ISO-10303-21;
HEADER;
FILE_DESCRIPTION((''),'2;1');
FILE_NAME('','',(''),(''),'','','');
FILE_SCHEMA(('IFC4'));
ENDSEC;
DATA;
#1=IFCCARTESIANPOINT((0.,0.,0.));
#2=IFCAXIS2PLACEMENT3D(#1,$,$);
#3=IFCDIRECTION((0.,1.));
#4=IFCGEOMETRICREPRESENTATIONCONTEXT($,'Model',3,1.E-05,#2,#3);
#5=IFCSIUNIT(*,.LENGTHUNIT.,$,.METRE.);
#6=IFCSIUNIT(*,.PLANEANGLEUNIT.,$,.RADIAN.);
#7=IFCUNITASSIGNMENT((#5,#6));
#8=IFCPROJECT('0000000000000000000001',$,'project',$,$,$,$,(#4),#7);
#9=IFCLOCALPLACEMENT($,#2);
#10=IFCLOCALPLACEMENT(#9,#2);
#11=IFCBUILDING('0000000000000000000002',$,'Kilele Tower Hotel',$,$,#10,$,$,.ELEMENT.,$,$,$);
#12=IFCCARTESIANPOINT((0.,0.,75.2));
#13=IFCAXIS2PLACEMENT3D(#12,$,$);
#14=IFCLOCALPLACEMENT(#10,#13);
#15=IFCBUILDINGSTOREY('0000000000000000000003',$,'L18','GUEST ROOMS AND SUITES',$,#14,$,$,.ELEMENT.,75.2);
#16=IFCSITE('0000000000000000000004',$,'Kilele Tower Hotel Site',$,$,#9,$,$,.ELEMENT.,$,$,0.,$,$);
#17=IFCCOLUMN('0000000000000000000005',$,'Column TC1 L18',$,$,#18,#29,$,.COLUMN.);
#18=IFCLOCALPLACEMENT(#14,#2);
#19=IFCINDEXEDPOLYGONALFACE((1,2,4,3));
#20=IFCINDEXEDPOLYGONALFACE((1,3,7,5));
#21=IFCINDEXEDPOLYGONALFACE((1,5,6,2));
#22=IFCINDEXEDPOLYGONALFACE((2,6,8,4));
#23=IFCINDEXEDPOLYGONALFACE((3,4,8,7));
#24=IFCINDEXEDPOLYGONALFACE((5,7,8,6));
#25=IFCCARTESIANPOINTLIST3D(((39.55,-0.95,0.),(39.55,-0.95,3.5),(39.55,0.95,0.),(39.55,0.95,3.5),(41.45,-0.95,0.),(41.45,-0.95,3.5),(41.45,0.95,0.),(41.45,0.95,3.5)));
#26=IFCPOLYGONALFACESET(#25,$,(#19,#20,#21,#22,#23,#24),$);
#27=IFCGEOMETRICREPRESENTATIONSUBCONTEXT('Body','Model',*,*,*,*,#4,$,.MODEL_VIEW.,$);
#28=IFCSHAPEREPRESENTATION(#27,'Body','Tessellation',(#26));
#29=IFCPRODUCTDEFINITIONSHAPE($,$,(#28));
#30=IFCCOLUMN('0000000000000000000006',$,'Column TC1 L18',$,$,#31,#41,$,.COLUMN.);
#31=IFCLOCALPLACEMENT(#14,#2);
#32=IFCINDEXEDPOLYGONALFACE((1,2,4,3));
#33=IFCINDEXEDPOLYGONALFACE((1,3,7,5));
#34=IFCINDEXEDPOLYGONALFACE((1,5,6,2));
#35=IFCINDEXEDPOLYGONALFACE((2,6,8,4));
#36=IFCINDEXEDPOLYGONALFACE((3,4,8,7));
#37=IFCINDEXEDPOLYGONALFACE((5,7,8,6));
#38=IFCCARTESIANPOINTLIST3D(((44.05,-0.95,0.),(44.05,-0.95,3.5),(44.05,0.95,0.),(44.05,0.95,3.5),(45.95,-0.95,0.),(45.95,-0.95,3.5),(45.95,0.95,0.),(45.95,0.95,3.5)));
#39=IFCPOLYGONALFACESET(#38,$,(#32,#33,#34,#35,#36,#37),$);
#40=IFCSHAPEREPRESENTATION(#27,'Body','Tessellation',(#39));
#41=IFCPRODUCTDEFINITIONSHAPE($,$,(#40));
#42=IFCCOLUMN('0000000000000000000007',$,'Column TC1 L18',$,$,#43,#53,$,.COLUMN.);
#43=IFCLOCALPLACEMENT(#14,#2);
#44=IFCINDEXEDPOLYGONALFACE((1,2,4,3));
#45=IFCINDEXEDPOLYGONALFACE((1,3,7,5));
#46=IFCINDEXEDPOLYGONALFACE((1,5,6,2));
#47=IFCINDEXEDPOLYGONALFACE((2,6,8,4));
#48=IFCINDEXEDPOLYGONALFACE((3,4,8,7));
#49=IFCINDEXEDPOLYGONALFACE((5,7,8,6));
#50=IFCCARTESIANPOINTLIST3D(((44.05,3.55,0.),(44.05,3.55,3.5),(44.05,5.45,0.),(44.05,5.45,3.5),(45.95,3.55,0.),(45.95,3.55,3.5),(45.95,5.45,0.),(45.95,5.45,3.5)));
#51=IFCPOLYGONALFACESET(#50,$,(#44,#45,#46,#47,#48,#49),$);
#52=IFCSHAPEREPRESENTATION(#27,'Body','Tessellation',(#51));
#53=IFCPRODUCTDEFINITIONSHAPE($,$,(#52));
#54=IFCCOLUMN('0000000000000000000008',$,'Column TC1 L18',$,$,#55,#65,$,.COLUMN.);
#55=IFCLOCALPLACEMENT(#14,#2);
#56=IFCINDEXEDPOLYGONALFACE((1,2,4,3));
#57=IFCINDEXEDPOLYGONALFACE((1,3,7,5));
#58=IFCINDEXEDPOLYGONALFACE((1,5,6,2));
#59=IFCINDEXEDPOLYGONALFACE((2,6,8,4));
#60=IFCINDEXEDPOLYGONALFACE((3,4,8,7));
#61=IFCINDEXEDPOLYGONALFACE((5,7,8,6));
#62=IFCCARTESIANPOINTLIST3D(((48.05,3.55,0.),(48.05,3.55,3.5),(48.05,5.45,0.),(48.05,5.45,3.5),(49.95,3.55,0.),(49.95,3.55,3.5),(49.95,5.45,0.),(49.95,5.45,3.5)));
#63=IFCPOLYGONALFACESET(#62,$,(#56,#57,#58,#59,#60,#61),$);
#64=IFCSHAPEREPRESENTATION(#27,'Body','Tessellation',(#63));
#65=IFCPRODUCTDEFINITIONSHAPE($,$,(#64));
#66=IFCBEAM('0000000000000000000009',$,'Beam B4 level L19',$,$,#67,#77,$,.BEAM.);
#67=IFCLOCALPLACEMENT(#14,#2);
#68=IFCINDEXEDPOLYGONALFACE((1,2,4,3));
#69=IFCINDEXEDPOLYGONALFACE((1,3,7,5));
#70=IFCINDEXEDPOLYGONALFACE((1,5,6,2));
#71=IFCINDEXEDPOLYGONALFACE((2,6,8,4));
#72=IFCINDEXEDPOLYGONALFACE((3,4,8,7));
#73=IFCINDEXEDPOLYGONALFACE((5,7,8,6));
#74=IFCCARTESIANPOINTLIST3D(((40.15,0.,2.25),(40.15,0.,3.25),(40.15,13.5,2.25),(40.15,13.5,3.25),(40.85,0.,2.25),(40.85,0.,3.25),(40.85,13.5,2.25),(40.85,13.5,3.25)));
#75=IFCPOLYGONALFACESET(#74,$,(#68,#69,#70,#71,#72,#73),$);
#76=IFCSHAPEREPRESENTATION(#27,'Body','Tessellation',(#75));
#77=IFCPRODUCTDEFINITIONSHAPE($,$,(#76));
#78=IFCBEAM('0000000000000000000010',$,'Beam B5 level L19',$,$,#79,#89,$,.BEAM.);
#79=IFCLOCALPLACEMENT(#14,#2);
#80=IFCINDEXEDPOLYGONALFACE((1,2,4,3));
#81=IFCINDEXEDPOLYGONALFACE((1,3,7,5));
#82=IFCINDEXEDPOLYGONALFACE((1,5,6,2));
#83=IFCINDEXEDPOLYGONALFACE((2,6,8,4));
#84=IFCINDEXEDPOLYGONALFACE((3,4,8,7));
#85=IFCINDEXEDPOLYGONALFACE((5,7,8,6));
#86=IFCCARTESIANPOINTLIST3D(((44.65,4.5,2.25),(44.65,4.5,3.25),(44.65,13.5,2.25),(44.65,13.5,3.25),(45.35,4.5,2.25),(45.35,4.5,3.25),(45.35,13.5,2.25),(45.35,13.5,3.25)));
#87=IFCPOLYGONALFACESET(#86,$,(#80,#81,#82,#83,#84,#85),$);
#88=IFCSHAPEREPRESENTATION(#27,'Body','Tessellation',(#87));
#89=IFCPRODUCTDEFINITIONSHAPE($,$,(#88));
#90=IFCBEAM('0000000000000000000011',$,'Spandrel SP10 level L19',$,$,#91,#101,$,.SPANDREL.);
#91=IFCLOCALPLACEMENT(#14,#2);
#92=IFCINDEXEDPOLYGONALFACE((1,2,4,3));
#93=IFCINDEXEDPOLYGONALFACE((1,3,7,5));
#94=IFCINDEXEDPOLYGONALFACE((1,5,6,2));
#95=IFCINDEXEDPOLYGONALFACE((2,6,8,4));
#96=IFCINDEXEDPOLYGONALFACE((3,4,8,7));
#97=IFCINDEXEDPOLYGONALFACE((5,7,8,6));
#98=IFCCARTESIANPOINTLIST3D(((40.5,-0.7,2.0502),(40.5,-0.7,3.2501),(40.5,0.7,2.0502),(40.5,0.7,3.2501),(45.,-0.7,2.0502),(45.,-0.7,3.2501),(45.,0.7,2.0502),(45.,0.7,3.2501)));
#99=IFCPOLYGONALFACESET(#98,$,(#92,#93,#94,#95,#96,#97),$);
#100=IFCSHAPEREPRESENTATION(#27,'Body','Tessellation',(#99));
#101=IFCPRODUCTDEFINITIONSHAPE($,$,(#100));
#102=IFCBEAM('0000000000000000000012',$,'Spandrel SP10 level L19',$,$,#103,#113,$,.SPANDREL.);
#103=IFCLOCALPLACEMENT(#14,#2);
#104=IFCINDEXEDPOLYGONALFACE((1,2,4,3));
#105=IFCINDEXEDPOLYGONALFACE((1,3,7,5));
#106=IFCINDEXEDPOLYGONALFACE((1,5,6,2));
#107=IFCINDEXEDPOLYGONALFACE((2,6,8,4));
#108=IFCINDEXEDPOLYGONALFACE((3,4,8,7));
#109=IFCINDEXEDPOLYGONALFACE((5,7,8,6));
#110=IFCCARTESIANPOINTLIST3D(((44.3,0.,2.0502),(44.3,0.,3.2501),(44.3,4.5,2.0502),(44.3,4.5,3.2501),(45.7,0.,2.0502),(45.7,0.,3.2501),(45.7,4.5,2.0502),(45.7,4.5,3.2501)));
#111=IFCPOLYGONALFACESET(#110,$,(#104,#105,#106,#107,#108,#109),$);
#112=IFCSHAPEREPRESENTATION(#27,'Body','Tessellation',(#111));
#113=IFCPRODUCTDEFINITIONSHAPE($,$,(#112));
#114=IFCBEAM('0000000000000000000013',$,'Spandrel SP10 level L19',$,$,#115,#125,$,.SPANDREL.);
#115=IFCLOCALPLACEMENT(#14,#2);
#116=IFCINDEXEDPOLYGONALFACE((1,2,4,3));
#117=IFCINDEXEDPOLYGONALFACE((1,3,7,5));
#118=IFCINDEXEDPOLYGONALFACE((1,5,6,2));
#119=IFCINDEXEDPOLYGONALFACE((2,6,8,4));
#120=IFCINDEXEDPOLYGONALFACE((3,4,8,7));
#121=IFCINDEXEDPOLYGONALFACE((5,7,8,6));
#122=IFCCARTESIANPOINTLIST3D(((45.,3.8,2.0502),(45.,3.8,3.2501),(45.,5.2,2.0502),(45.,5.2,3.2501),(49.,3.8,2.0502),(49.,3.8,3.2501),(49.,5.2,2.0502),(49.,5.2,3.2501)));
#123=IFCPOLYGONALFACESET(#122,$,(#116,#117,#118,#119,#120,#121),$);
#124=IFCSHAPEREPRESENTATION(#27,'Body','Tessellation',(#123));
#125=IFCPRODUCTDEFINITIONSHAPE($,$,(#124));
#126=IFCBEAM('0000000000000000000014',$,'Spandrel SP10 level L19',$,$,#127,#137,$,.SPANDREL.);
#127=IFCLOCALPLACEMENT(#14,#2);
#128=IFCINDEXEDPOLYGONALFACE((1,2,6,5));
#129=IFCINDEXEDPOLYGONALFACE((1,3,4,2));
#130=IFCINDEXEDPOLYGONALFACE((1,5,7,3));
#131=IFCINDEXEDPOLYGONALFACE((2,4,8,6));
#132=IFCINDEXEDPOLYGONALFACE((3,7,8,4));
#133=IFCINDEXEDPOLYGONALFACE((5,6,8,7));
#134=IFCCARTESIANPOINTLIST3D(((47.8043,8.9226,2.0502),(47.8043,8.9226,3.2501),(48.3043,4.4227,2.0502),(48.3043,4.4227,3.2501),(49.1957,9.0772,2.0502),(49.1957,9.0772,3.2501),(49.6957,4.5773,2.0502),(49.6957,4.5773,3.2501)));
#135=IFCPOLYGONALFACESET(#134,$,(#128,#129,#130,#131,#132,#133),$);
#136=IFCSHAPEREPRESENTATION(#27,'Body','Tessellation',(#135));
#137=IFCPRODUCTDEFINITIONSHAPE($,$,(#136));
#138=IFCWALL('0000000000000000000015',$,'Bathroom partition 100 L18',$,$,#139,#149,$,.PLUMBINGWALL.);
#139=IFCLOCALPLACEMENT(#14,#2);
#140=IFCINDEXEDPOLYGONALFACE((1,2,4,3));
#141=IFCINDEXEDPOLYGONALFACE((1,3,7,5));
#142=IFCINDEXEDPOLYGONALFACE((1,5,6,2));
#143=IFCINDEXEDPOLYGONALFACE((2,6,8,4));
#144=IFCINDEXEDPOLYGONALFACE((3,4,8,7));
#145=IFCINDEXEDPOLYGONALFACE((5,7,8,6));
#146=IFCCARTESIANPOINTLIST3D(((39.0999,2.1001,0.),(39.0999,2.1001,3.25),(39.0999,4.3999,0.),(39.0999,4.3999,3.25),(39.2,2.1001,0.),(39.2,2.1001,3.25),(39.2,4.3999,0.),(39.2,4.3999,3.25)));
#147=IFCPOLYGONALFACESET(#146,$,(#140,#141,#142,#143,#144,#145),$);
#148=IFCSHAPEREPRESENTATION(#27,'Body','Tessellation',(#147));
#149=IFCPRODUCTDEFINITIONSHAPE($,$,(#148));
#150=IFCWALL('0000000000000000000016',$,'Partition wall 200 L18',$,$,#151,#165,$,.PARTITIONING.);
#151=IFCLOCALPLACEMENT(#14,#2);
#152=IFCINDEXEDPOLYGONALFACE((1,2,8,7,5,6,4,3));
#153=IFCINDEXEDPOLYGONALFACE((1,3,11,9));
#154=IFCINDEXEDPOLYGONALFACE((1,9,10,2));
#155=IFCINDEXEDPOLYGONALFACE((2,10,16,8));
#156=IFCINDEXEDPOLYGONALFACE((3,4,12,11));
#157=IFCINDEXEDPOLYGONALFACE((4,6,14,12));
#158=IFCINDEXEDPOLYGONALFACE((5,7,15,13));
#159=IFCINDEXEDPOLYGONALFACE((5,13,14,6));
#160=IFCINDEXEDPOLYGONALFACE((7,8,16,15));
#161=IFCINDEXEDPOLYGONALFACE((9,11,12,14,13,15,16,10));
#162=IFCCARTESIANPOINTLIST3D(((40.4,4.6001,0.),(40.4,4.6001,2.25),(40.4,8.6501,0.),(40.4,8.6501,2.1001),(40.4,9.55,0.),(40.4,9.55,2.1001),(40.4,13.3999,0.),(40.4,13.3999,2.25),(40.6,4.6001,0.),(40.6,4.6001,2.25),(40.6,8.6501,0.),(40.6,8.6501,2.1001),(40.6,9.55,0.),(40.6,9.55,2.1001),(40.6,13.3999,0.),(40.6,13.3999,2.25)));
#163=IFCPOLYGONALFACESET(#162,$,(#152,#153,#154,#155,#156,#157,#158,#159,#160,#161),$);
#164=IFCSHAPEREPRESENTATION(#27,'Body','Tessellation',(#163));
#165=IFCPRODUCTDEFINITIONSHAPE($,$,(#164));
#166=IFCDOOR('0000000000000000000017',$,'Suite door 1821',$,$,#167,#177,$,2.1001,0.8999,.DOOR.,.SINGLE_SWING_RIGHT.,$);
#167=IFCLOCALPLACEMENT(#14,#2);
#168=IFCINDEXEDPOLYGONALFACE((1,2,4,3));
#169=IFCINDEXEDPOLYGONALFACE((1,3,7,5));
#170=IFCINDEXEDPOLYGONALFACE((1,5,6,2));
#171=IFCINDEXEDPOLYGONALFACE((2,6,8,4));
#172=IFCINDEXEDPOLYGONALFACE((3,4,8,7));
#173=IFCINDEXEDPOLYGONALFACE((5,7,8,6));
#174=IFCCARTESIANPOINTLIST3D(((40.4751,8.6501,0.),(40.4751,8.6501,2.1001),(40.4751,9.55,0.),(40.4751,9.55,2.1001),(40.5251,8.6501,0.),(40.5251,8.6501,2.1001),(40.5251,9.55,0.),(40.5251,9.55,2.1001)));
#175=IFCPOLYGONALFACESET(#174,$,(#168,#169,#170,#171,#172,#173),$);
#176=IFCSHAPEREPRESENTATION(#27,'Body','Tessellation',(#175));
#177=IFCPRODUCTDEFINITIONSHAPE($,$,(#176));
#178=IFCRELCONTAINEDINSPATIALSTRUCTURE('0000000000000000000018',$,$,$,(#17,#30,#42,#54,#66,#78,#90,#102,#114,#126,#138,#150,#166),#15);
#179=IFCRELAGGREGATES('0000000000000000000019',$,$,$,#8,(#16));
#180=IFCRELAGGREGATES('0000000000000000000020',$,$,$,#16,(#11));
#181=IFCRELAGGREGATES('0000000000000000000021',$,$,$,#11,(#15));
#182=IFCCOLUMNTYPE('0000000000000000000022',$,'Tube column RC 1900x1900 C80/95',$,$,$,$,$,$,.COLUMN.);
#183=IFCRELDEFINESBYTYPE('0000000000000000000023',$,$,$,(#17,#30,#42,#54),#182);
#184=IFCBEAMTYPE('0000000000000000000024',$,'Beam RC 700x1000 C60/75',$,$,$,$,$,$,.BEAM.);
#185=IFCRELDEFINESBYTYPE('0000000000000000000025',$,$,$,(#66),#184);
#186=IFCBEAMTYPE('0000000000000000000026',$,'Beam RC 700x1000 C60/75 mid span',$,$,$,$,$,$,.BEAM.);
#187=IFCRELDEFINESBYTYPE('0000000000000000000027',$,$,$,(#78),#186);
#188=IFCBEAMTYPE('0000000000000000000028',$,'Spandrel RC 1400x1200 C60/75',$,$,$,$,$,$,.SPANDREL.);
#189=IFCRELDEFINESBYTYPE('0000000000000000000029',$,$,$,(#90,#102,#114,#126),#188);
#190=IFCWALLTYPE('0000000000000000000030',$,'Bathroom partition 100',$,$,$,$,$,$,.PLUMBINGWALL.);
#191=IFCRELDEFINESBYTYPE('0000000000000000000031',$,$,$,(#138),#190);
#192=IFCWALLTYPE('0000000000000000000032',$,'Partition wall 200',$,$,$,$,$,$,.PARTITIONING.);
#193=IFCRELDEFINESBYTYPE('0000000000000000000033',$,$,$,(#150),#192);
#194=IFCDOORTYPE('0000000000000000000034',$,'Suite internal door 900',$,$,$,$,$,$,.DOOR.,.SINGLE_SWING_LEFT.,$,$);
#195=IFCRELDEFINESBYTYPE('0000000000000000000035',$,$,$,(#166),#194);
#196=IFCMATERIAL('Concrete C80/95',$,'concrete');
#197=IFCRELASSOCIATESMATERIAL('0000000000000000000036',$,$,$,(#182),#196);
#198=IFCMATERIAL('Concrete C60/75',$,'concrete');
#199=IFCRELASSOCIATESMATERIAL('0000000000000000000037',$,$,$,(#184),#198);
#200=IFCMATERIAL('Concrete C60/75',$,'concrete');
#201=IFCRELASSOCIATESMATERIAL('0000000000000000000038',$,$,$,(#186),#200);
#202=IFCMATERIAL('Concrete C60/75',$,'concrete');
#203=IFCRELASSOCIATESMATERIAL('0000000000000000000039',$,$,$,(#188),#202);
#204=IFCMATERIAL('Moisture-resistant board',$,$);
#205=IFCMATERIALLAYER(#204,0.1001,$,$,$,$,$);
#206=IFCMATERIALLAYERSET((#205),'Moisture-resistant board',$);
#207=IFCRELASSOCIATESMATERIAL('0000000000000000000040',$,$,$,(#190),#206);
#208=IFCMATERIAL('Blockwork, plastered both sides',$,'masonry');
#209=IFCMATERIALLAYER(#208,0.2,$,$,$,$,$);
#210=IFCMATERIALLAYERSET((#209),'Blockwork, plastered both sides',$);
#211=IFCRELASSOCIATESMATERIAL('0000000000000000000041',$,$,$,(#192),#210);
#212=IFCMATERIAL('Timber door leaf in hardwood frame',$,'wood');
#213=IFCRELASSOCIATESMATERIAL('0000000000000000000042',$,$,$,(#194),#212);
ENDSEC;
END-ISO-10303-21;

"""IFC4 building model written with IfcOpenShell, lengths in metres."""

from ifc_helpers import new_model, si_unit, direction, frame, frame_2d, origin, origin_2d, place, context, subcontext, project, spatial, rectangle, extrude, material, layer, layer_set, material_profile, profile_set, type_object, element, fill, save


model = new_model("IFC4")

# Units and contexts
model_context = context("Model", 3, precision=1e-05, world=origin(), true_north=direction((0.0, 1.0)))
body_context = subcontext(model_context, "Body", "Model", "MODEL_VIEW")
ifc_project = project(units=[si_unit("LENGTHUNIT", "METRE"), si_unit("PLANEANGLEUNIT", "RADIAN")], contexts=[model_context])

# Site, building, storey
site_placement = place(None, origin())
site = spatial("IfcSite", under=ifc_project, at=site_placement, Name="Kilele Tower Hotel Site", CompositionType="ELEMENT", RefElevation=0.0)
building_placement = place(site_placement, origin())
building = spatial("IfcBuilding", under=site, at=building_placement, Name="Kilele Tower Hotel", CompositionType="ELEMENT")
storey_placement = place(building_placement, frame((0.0, 0.0, 75.2)))
storey = spatial("IfcBuildingStorey", under=building, at=storey_placement, Name="L18", Description="GUEST ROOMS AND SUITES", CompositionType="ELEMENT", Elevation=75.2)

# Columns
ifc_material_1 = material(Name="Concrete C80/95", Category="concrete")
ifc_material_profile_1 = material_profile(ifc_material_1, rectangle(XDim=1.8999, YDim=1.8999, at=origin_2d()))
ifc_profile_set_1 = profile_set([ifc_material_profile_1], Name="Concrete C80/95")
column_type = type_object("IfcColumnType", Name="Tube column RC 1900x1900 C80/95", PredefinedType="COLUMN", material=ifc_profile_set_1)
for number, where, z_axis, x_axis, name in (
    (1, (40.5, 0.0, 0.0), (0.0, 0.0, 1.0), (1.0, 0.0, 0.0), "Column TC1 L18"),
    (2, (45.0, 0.0, 0.0), (0.0, 0.0, 1.0), (1.0, 0.0, 0.0), "Column TC1 L18"),
    (3, (45.0, 4.5, 0.0), (0.0, 0.0, 1.0), (1.0, 0.0, 0.0), "Column TC1 L18"),
    (4, (49.0, 4.5, 0.0), (0.0, 0.0, 1.0), (1.0, 0.0, 0.0), "Column TC1 L18"),
):
    element("IfcColumn", number, at=place(storey_placement, frame(where, z_axis=z_axis, x_axis=x_axis)), inside=storey, type_object=column_type, Name=name, PredefinedType="COLUMN", context=body_context, shape_type="SweptSolid", body=[
        extrude(rectangle(XDim=1.8999, YDim=1.8999, at=origin_2d()), origin(), (0.0, 0.0, 1.0), 3.5),
    ])

# Beams
ifc_material_2 = material(Name="Concrete C60/75", Category="concrete")
ifc_material_profile_2 = material_profile(ifc_material_2, rectangle(XDim=0.7, YDim=1.0, at=origin_2d()))
ifc_profile_set_2 = profile_set([ifc_material_profile_2], Name="Concrete C60/75")
beam_type_1 = type_object("IfcBeamType", Name="Beam RC 700x1000 C60/75", PredefinedType="BEAM", material=ifc_profile_set_2)
beam_1_placement = place(storey_placement, frame((40.5, 0.0, 2.75), z_axis=(0.0, 1.0, 0.0), x_axis=(-1.0, 0.0, 0.0)))
element("IfcBeam", 5, at=beam_1_placement, inside=storey, type_object=beam_type_1, Name="Beam B4 level L19", PredefinedType="BEAM", context=body_context, shape_type="SweptSolid", body=[
    extrude(rectangle(XDim=0.7, YDim=1.0, at=origin_2d()), origin(), (0.0, 0.0, 1.0), 13.5),
])
ifc_material_3 = material(Name="Concrete C60/75", Category="concrete")
ifc_material_profile_3 = material_profile(ifc_material_3, rectangle(XDim=0.7, YDim=1.0, at=origin_2d()))
ifc_profile_set_3 = profile_set([ifc_material_profile_3], Name="Concrete C60/75")
beam_type_2 = type_object("IfcBeamType", Name="Beam RC 700x1000 C60/75 mid span", PredefinedType="BEAM", material=ifc_profile_set_3)
beam_2_placement = place(storey_placement, frame((45.0, 4.5, 2.75), z_axis=(0.0, 1.0, 0.0), x_axis=(-1.0, 0.0, 0.0)))
element("IfcBeam", 6, at=beam_2_placement, inside=storey, type_object=beam_type_2, Name="Beam B5 level L19", PredefinedType="BEAM", context=body_context, shape_type="SweptSolid", body=[
    extrude(rectangle(XDim=0.7, YDim=1.0, at=origin_2d()), origin(), (0.0, 0.0, 1.0), 9.0),
])
ifc_material_4 = material(Name="Concrete C60/75", Category="concrete")
ifc_material_profile_4 = material_profile(ifc_material_4, rectangle(XDim=1.3999, YDim=1.2, at=origin_2d()))
ifc_profile_set_4 = profile_set([ifc_material_profile_4], Name="Concrete C60/75")
beam_type_3 = type_object("IfcBeamType", Name="Spandrel RC 1400x1200 C60/75", PredefinedType="SPANDREL", material=ifc_profile_set_4)
for number, where, z_axis, x_axis, name in (
    (7, (40.5, 0.0, 2.6501), (1.0, 0.0, 0.0), (0.0, 1.0, 0.0), "Spandrel SP10 level L19"),
    (8, (45.0, 0.0, 2.6501), (0.0, 1.0, 0.0), (-1.0, 0.0, 0.0), "Spandrel SP10 level L19"),
):
    element("IfcBeam", number, at=place(storey_placement, frame(where, z_axis=z_axis, x_axis=x_axis)), inside=storey, type_object=beam_type_3, Name=name, PredefinedType="SPANDREL", context=body_context, shape_type="SweptSolid", body=[
        extrude(rectangle(XDim=1.3999, YDim=1.2, at=origin_2d()), origin(), (0.0, 0.0, 1.0), 4.5),
    ])
beam_3_placement = place(storey_placement, frame((45.0, 4.5, 2.6501), z_axis=(1.0, 0.0, 0.0), x_axis=(0.0, 1.0, 0.0)))
element("IfcBeam", 9, at=beam_3_placement, inside=storey, type_object=beam_type_3, Name="Spandrel SP10 level L19", PredefinedType="SPANDREL", context=body_context, shape_type="SweptSolid", body=[
    extrude(rectangle(XDim=1.3999, YDim=1.2, at=origin_2d()), origin(), (0.0, 0.0, 1.0), 4.0),
])
beam_4_placement = place(storey_placement, frame((49.0, 4.5, 2.6501), z_axis=(-0.110432, 0.993884, 0.0), x_axis=(-0.993884, -0.110432, 0.0)))
element("IfcBeam", 10, at=beam_4_placement, inside=storey, type_object=beam_type_3, Name="Spandrel SP10 level L19", PredefinedType="SPANDREL", context=body_context, shape_type="SweptSolid", body=[
    extrude(rectangle(XDim=1.3999, YDim=1.2, at=origin_2d()), origin(), (0.0, 0.0, 1.0), 4.5276),
])

# Wall
ifc_material_5 = material(Name="Moisture-resistant board")
ifc_layer_1 = layer(ifc_material_5, 0.1001)
ifc_layer_set_1 = layer_set([ifc_layer_1], Name="Moisture-resistant board")
wall_type_1 = type_object("IfcWallType", Name="Bathroom partition 100", PredefinedType="PLUMBINGWALL", material=ifc_layer_set_1)
wall_1_placement = place(storey_placement, frame((39.1499, 4.3999, 0.0), z_axis=(0.0, 0.0, 1.0), x_axis=(0.0, -1.0, 0.0)))
element("IfcWall", 11, at=wall_1_placement, inside=storey, type_object=wall_type_1, Name="Bathroom partition 100 L18", PredefinedType="PLUMBINGWALL", context=body_context, shape_type="SweptSolid", body=[
    extrude(rectangle(XDim=2.2998, YDim=0.1001, at=frame_2d((1.1499, 0.0))), origin(), (0.0, 0.0, 1.0), 3.25),
])

# Wall, opening, door
ifc_material_6 = material(Name="Blockwork, plastered both sides", Category="masonry")
ifc_layer_2 = layer(ifc_material_6, 0.2)
ifc_layer_set_2 = layer_set([ifc_layer_2], Name="Blockwork, plastered both sides")
wall_type_2 = type_object("IfcWallType", Name="Partition wall 200", PredefinedType="PARTITIONING", material=ifc_layer_set_2)
wall_2_placement = place(storey_placement, frame((40.5, 4.6001, 0.0), z_axis=(0.0, 0.0, 1.0), x_axis=(0.0, 1.0, 0.0)))
wall_2 = element("IfcWall", 12, at=wall_2_placement, inside=storey, type_object=wall_type_2, Name="Partition wall 200 L18", PredefinedType="PARTITIONING", context=body_context, shape_type="SweptSolid", body=[
    extrude(rectangle(XDim=8.7998, YDim=0.2, at=frame_2d((4.3999, 0.0))), origin(), (0.0, 0.0, 1.0), 2.25),
])
opening_1_placement = place(wall_2_placement, frame((4.05, 0.0, 0.0)))
opening_1 = element("IfcOpeningElement", 13, at=opening_1_placement, cuts=wall_2, PredefinedType="OPENING", context=body_context, shape_type="SweptSolid", body=[
    extrude(rectangle(XDim=0.8999, YDim=2.1001, at=frame_2d((0.45, 1.05))), frame((0.0, 0.1099, 0.0), z_axis=(0.0, -1.0, 0.0), x_axis=(1.0, 0.0, 0.0)), (0.0, 0.0, 1.0), 0.22),
])
ifc_material_7 = material(Name="Timber door leaf in hardwood frame", Category="wood")
door_type = type_object("IfcDoorType", Name="Suite internal door 900", OperationType="SINGLE_SWING_LEFT", PredefinedType="DOOR", material=ifc_material_7)
door_placement = place(opening_1_placement, origin())
door = element("IfcDoor", 14, at=door_placement, inside=storey, type_object=door_type, Name="Suite door 1821", OperationType="SINGLE_SWING_RIGHT", OverallHeight=2.1001, OverallWidth=0.8999, PredefinedType="DOOR", context=body_context, shape_type="SweptSolid", body=[
    extrude(rectangle(XDim=0.8999, YDim=2.1001, at=frame_2d((0.45, 1.05))), frame((0.0, 0.0249, 0.0), z_axis=(0.0, -1.0, 0.0), x_axis=(1.0, 0.0, 0.0)), (0.0, 0.0, 1.0), 0.05),
])
fill(opening_1, door)

save(model, "model.ifc")
